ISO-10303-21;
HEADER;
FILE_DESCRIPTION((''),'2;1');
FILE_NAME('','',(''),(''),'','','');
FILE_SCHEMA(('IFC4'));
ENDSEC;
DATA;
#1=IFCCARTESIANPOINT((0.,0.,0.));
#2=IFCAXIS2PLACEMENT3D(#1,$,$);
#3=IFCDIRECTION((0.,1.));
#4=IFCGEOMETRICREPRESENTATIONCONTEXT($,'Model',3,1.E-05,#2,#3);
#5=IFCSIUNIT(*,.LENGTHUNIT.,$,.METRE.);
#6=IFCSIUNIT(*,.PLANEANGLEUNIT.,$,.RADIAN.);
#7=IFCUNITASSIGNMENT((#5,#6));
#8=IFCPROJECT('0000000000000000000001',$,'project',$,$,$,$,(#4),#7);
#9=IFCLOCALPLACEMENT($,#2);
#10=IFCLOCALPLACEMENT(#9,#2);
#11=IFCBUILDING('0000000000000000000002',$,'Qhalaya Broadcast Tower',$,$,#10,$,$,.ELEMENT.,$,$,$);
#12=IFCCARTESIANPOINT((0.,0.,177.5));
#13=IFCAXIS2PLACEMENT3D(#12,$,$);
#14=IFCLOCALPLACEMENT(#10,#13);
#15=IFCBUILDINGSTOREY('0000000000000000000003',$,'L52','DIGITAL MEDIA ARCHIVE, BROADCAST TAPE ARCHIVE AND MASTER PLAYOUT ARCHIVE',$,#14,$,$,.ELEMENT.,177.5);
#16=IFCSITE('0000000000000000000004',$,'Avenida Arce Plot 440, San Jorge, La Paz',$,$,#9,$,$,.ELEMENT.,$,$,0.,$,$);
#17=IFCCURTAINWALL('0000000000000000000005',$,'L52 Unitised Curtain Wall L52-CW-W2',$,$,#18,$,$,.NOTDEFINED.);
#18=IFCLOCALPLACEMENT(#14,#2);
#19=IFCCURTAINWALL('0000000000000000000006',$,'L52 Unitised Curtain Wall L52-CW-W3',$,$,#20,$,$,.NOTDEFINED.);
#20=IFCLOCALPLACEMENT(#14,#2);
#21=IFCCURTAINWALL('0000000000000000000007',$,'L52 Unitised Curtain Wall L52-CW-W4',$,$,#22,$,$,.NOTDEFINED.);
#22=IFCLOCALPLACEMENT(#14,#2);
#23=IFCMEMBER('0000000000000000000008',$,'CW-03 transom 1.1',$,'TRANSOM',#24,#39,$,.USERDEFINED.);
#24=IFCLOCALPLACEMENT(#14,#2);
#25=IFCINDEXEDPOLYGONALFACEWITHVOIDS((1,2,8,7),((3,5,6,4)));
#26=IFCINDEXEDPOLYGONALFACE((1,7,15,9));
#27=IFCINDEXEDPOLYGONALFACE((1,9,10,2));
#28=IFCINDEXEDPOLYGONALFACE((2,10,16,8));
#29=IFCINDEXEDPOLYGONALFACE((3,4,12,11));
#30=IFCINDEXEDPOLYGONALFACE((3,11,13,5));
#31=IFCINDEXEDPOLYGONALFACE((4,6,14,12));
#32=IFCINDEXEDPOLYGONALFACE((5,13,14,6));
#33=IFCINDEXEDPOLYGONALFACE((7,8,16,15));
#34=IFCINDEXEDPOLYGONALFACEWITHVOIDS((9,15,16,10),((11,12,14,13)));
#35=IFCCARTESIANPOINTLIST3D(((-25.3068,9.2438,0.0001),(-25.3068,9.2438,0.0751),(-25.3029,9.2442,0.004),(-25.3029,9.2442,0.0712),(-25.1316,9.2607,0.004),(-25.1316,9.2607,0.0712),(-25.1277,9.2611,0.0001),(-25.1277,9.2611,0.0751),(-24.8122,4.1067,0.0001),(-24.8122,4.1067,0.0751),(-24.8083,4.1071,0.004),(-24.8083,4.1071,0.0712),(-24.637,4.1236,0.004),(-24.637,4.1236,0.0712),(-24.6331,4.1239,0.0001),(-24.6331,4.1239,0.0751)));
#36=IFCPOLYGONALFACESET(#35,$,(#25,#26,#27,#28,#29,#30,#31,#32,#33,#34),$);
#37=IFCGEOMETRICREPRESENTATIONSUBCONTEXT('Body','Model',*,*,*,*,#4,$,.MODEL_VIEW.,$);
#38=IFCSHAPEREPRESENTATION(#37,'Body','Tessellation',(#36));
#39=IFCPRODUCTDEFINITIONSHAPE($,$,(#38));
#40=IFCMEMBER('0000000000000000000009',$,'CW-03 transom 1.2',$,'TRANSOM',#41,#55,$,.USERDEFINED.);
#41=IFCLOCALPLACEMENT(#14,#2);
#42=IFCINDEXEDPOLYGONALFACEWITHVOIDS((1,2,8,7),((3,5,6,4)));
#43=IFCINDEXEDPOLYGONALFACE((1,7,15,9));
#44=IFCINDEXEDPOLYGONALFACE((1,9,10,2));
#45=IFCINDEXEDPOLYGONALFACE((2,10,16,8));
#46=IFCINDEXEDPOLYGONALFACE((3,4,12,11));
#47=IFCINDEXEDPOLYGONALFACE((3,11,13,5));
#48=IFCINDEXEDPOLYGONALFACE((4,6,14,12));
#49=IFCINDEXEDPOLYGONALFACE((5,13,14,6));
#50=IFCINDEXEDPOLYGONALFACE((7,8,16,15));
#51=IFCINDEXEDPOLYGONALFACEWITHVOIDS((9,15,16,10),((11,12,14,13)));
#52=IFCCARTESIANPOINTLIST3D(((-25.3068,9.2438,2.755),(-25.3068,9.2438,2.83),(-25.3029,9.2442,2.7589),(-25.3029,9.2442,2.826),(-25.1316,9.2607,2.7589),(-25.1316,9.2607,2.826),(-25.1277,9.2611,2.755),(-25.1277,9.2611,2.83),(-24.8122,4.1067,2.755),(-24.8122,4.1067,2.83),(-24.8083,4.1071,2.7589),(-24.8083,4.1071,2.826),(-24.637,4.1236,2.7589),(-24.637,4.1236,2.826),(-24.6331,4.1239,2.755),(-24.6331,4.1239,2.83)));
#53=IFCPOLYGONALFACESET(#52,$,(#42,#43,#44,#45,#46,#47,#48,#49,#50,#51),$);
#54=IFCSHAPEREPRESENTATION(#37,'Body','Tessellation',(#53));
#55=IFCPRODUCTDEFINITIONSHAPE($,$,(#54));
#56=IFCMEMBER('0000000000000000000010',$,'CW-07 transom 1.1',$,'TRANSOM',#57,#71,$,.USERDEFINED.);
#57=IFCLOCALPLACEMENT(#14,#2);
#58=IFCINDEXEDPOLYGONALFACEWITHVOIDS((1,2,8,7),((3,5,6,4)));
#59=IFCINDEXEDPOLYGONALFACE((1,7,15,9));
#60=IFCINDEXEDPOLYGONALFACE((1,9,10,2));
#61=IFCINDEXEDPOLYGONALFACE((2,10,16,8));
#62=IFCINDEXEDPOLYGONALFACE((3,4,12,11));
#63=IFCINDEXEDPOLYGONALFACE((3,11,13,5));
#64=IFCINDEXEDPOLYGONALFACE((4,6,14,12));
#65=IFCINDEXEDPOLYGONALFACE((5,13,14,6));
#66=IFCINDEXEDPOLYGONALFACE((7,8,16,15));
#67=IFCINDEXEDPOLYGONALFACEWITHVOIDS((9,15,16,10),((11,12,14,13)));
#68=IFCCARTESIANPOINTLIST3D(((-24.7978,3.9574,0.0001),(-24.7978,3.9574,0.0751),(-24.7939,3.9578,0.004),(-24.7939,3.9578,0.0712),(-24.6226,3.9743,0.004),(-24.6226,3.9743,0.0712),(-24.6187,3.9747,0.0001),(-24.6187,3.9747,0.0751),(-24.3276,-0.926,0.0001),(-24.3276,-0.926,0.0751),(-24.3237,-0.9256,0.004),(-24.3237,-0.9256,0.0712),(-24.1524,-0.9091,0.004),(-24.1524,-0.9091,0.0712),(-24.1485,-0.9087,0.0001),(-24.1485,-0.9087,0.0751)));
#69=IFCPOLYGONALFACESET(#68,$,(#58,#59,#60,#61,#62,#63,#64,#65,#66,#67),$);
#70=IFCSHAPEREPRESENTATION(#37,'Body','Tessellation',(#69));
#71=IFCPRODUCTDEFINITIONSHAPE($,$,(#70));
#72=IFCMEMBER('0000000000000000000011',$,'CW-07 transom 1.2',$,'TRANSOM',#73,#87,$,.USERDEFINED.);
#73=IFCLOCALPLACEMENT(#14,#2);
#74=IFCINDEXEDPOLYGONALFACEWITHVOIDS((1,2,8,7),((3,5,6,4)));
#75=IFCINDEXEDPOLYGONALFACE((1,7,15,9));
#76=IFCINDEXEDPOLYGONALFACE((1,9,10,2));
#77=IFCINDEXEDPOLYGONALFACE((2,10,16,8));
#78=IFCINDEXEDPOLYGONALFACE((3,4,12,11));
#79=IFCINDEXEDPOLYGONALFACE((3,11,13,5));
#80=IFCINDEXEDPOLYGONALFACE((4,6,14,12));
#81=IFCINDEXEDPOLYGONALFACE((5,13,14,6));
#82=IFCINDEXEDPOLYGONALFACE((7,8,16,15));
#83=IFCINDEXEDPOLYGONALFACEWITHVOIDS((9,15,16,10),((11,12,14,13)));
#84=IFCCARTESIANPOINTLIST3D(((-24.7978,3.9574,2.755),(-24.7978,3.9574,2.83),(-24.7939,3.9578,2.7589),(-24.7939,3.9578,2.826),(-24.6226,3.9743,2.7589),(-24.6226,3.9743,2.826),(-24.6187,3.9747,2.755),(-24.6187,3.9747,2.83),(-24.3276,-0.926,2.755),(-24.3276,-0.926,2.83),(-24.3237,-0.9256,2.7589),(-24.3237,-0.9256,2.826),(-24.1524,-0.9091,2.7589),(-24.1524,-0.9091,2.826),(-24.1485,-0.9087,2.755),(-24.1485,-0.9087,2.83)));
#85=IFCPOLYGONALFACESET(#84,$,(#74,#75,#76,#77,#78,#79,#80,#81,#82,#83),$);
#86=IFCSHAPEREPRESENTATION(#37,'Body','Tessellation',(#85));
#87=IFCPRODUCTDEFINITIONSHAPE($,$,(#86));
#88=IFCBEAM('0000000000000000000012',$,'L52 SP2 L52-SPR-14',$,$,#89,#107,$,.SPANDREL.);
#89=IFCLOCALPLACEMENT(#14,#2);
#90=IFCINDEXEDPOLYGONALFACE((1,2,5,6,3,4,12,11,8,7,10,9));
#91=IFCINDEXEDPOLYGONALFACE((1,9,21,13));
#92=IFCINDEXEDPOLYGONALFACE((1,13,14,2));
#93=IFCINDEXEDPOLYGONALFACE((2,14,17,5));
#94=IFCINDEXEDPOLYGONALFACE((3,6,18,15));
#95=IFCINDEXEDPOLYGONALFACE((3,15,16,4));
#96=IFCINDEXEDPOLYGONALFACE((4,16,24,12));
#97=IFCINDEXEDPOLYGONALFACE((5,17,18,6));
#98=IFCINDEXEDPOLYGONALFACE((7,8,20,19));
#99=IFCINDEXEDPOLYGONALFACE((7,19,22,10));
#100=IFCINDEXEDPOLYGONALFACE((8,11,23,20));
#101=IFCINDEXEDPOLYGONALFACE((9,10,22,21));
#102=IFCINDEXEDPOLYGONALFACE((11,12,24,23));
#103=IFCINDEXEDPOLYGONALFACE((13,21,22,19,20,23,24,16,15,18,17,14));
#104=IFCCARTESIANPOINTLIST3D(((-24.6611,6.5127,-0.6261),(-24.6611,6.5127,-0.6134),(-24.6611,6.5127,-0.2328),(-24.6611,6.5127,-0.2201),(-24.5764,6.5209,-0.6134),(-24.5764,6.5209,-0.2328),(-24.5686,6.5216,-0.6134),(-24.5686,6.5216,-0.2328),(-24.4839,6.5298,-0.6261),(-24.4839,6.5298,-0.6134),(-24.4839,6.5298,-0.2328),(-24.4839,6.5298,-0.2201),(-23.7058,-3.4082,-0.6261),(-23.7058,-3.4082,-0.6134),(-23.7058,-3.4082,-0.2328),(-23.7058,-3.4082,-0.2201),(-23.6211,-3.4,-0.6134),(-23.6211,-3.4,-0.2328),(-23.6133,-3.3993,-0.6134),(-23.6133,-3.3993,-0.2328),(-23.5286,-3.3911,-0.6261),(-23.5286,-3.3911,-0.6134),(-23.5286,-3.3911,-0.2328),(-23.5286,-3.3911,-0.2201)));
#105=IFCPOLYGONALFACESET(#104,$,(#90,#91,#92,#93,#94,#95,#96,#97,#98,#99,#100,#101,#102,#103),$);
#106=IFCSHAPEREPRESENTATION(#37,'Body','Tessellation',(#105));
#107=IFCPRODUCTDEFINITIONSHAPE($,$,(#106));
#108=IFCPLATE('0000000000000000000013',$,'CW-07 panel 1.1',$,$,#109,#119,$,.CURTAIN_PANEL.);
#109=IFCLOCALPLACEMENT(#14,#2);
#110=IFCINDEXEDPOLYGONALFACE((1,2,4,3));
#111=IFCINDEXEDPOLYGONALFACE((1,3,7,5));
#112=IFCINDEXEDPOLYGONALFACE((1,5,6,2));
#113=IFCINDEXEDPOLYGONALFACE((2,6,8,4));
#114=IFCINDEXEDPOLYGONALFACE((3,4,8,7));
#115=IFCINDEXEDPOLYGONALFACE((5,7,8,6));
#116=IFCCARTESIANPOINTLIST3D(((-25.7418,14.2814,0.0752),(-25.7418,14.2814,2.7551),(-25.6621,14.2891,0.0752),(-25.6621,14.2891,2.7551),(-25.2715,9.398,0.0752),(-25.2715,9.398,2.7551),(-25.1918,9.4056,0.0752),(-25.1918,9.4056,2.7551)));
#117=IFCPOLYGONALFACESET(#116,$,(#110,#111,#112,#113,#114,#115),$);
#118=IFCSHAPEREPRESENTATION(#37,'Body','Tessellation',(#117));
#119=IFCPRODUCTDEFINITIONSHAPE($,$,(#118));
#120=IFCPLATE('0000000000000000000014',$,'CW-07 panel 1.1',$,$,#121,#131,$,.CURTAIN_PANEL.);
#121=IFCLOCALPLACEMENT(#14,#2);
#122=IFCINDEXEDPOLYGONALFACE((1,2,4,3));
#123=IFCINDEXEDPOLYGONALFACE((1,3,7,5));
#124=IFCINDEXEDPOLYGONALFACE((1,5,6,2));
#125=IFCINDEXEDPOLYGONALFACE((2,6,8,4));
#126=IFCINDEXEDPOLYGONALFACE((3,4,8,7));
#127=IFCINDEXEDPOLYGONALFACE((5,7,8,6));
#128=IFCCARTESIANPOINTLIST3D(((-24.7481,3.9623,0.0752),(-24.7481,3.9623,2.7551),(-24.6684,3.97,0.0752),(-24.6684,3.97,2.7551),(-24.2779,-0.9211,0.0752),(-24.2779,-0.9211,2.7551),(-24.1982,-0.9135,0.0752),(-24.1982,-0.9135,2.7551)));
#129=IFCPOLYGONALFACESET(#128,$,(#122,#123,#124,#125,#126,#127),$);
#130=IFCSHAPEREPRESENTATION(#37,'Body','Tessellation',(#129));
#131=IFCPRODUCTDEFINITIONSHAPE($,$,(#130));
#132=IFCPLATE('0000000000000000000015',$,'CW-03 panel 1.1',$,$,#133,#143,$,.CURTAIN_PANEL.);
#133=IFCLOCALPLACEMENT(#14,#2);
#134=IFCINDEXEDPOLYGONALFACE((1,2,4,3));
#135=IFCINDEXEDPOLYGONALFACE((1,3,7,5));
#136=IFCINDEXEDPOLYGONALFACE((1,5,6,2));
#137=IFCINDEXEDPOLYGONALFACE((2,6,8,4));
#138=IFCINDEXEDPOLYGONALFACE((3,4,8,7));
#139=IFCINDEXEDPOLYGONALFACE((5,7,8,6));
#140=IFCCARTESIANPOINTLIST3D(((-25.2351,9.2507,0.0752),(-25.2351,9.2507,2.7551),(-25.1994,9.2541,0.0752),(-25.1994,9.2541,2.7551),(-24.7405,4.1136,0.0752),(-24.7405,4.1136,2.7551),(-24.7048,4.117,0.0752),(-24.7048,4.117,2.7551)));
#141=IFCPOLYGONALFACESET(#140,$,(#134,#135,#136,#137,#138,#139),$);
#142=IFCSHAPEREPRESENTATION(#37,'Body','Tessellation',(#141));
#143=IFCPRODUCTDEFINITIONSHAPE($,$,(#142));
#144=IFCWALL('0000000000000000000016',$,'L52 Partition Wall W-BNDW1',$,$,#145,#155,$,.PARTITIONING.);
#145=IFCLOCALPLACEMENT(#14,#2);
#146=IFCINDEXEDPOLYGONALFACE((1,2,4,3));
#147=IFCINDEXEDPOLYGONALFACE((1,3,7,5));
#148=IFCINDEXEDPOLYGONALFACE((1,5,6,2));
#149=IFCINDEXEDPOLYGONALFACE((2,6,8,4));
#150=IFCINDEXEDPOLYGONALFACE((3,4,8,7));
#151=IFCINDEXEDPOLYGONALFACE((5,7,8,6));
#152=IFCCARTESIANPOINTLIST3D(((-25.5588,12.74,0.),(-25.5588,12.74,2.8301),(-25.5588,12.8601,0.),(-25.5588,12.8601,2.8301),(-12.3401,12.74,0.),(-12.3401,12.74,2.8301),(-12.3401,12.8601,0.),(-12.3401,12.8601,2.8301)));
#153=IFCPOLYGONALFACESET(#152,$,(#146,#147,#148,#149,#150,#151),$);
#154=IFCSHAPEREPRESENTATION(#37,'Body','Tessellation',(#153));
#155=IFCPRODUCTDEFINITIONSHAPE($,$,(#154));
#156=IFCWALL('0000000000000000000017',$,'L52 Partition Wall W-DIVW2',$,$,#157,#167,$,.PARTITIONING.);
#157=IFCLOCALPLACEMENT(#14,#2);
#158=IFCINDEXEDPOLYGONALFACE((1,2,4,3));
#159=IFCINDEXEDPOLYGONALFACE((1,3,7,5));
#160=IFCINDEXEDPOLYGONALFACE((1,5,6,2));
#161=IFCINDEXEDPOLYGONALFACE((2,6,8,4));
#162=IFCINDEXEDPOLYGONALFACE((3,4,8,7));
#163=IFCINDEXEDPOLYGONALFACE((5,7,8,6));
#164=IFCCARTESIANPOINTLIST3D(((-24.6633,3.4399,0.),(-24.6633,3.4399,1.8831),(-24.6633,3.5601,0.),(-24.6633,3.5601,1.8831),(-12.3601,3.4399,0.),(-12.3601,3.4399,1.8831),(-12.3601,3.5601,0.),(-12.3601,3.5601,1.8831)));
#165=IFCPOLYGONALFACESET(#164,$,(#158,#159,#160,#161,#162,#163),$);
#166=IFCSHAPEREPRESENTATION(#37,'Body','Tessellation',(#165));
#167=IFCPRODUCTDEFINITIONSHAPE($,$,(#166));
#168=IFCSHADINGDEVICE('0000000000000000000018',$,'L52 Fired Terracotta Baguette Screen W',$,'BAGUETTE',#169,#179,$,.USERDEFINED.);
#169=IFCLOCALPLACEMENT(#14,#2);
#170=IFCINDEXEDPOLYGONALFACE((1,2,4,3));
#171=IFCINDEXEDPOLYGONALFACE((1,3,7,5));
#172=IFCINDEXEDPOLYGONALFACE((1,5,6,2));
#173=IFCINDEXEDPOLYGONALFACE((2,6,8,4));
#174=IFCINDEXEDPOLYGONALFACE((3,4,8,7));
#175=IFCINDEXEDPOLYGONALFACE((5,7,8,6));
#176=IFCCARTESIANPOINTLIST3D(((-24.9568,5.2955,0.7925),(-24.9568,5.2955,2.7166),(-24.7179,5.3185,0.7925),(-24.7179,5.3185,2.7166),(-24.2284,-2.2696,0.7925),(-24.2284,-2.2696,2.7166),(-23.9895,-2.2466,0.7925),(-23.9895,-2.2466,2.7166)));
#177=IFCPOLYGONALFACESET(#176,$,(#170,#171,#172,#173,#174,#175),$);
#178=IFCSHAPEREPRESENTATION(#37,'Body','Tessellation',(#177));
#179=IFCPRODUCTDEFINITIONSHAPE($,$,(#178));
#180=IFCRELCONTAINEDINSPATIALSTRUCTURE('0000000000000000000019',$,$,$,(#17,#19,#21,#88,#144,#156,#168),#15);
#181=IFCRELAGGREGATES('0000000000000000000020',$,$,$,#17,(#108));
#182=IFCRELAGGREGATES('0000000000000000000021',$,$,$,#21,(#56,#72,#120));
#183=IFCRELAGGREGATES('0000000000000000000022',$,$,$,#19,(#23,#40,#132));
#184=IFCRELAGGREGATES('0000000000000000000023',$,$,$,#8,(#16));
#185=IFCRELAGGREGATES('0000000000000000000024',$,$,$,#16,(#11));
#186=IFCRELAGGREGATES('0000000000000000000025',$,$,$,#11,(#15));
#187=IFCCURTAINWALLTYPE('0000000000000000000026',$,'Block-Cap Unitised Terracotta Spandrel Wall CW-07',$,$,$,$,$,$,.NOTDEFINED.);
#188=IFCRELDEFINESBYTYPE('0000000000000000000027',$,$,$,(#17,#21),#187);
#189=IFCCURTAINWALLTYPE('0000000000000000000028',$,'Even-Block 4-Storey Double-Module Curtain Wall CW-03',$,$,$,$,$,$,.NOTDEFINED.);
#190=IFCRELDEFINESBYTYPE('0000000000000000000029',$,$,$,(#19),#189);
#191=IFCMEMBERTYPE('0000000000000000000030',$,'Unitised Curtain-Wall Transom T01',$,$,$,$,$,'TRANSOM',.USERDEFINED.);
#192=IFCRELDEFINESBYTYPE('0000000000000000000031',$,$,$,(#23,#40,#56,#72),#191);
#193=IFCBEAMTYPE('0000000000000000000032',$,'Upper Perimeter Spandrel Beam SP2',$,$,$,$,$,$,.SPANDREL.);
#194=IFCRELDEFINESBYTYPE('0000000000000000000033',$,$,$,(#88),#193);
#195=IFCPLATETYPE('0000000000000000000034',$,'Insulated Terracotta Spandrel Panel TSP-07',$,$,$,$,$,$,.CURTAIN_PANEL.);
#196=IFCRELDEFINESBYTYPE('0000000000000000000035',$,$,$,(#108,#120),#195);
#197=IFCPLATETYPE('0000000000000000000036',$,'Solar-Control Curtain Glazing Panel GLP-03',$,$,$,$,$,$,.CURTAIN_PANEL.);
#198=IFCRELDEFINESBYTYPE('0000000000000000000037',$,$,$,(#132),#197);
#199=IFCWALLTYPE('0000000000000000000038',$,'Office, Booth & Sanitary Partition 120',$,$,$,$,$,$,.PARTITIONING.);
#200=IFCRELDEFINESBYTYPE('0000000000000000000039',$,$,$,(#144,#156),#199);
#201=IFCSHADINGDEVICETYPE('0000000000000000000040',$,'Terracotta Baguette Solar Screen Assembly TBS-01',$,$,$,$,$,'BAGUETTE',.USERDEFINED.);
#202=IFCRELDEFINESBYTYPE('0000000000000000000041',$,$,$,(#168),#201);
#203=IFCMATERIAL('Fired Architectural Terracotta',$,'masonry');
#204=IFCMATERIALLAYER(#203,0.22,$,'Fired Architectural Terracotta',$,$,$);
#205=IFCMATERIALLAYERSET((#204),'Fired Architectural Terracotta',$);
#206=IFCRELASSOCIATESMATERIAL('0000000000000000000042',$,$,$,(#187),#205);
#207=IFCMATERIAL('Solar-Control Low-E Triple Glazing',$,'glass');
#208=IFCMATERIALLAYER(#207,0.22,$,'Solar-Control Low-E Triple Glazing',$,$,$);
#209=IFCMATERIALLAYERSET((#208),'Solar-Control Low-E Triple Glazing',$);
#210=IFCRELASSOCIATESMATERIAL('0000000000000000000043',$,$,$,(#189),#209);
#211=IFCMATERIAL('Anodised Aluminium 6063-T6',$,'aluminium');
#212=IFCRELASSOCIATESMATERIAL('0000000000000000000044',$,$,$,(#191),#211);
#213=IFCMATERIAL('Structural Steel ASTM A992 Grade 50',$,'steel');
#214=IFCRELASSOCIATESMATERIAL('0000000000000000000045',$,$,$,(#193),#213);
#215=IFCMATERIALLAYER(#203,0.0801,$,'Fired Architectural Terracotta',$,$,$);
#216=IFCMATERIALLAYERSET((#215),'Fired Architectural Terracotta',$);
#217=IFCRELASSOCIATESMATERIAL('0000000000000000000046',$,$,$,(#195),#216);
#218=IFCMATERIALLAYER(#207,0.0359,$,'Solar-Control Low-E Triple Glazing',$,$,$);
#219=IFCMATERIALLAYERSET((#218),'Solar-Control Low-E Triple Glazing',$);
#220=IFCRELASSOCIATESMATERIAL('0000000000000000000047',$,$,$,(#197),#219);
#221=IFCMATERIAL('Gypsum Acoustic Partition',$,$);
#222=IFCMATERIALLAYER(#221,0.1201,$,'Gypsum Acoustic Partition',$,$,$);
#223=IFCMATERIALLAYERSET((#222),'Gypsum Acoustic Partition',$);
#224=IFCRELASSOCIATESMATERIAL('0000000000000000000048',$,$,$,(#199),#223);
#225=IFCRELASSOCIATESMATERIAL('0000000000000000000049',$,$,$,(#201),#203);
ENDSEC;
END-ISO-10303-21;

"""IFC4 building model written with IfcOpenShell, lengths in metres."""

from ifc_helpers import new_model, si_unit, direction, frame, frame_2d, origin, origin_2d, place, context, subcontext, project, spatial, rectangle, hollow_rectangle, i_section, extrude, material, layer, layer_set, material_profile, profile_set, type_object, element, aggregate, save


model = new_model("IFC4")

# Units and contexts
model_context = context("Model", 3, precision=1e-05, world=origin(), true_north=direction((0.0, 1.0)))
body_context = subcontext(model_context, "Body", "Model", "MODEL_VIEW")
ifc_project = project(units=[si_unit("LENGTHUNIT", "METRE"), si_unit("PLANEANGLEUNIT", "RADIAN")], contexts=[model_context])

# Site, building, storey
site_placement = place(None, origin())
site = spatial("IfcSite", under=ifc_project, at=site_placement, Name="Avenida Arce Plot 440, San Jorge, La Paz", CompositionType="ELEMENT", RefElevation=0.0)
building_placement = place(site_placement, origin())
building = spatial("IfcBuilding", under=site, at=building_placement, Name="Qhalaya Broadcast Tower", CompositionType="ELEMENT")
storey_placement = place(building_placement, frame((0.0, 0.0, 177.5)))
storey = spatial("IfcBuildingStorey", under=building, at=storey_placement, Name="L52", Description="DIGITAL MEDIA ARCHIVE, BROADCAST TAPE ARCHIVE AND MASTER PLAYOUT ARCHIVE", CompositionType="ELEMENT", Elevation=177.5)

# Shared definitions
ifc_material_1 = material(Name="Structural Steel ASTM A992 Grade 50", Category="steel")

# Curtain wall
ifc_material_2 = material(Name="Fired Architectural Terracotta", Category="masonry")
ifc_layer_1 = layer(ifc_material_2, 0.22, Name="Fired Architectural Terracotta")
ifc_layer_set_1 = layer_set([ifc_layer_1], Name="Fired Architectural Terracotta")
curtain_wall_type_1 = type_object("IfcCurtainWallType", Name="Block-Cap Unitised Terracotta Spandrel Wall CW-07", PredefinedType="NOTDEFINED", material=ifc_layer_set_1)
curtain_wall_1_placement = place(storey_placement, origin())
curtain_wall_1 = element("IfcCurtainWall", 1, at=curtain_wall_1_placement, inside=storey, type_object=curtain_wall_type_1, Name="L52 Unitised Curtain Wall L52-CW-W2", PredefinedType="NOTDEFINED")
ifc_material_3 = material(Name="Anodised Aluminium 6063-T6", Category="aluminium")

# Curtain walls
ifc_material_4 = material(Name="Solar-Control Low-E Triple Glazing", Category="glass")
ifc_layer_2 = layer(ifc_material_4, 0.22, Name="Solar-Control Low-E Triple Glazing")
ifc_layer_set_2 = layer_set([ifc_layer_2], Name="Solar-Control Low-E Triple Glazing")
curtain_wall_type_2 = type_object("IfcCurtainWallType", Name="Even-Block 4-Storey Double-Module Curtain Wall CW-03", PredefinedType="NOTDEFINED", material=ifc_layer_set_2)
curtain_wall_2_placement = place(storey_placement, origin())
curtain_wall_2 = element("IfcCurtainWall", 2, at=curtain_wall_2_placement, inside=storey, type_object=curtain_wall_type_2, Name="L52 Unitised Curtain Wall L52-CW-W3", PredefinedType="NOTDEFINED")
curtain_wall_3_placement = place(storey_placement, origin())
curtain_wall_3 = element("IfcCurtainWall", 3, at=curtain_wall_3_placement, inside=storey, type_object=curtain_wall_type_1, Name="L52 Unitised Curtain Wall L52-CW-W4", PredefinedType="NOTDEFINED")

# Members
ifc_material_profile_1 = material_profile(ifc_material_3, hollow_rectangle(XDim=0.075, YDim=0.1799, WallThickness=0.0039, at=origin_2d()), Name="ALU-TRN 75x180x4")
ifc_profile_set_1 = profile_set([ifc_material_profile_1], Name="Anodised Aluminium 6063-T6")
member_type_1 = type_object("IfcMemberType", Name="Unitised Curtain-Wall Transom T01", ElementType="TRANSOM", PredefinedType="USERDEFINED", material=ifc_profile_set_1)
member_1_placement = place(storey_placement, frame((-25.2173, 9.2524, 0.0376), z_axis=(0.09584, -0.995397, 0.0), x_axis=(0.0, 0.0, 1.0)))
member_1 = element("IfcMember", 4, at=member_1_placement, type_object=member_type_1, Name="CW-03 transom 1.1", ObjectType="TRANSOM", PredefinedType="USERDEFINED", context=body_context, shape_type="SweptSolid", body=[
    extrude(hollow_rectangle(XDim=0.075, YDim=0.1799, WallThickness=0.0039, at=origin_2d()), origin(), (0.0, 0.0, 1.0), 5.1609),
])
member_2_placement = place(storey_placement, frame((-25.2173, 9.2524, 2.7925), z_axis=(0.09584, -0.995397, 0.0), x_axis=(0.0, 0.0, 1.0)))
member_2 = element("IfcMember", 5, at=member_2_placement, type_object=member_type_1, Name="CW-03 transom 1.2", ObjectType="TRANSOM", PredefinedType="USERDEFINED", context=body_context, shape_type="SweptSolid", body=[
    extrude(hollow_rectangle(XDim=0.075, YDim=0.1799, WallThickness=0.0039, at=origin_2d()), origin(), (0.0, 0.0, 1.0), 5.1609),
])
member_3_placement = place(storey_placement, frame((-24.7083, 3.9661, 0.0376), z_axis=(0.095847, -0.995396, 0.0), x_axis=(0.0, 0.0, 1.0)))
member_3 = element("IfcMember", 6, at=member_3_placement, type_object=member_type_1, Name="CW-07 transom 1.1", ObjectType="TRANSOM", PredefinedType="USERDEFINED", context=body_context, shape_type="SweptSolid", body=[
    extrude(hollow_rectangle(XDim=0.075, YDim=0.1799, WallThickness=0.0039, at=origin_2d()), origin(), (0.0, 0.0, 1.0), 4.906),
])
member_4_placement = place(storey_placement, frame((-24.7083, 3.9661, 2.7925), z_axis=(0.095847, -0.995396, 0.0), x_axis=(0.0, 0.0, 1.0)))
member_4 = element("IfcMember", 7, at=member_4_placement, type_object=member_type_1, Name="CW-07 transom 1.2", ObjectType="TRANSOM", PredefinedType="USERDEFINED", context=body_context, shape_type="SweptSolid", body=[
    extrude(hollow_rectangle(XDim=0.075, YDim=0.1799, WallThickness=0.0039, at=origin_2d()), origin(), (0.0, 0.0, 1.0), 4.906),
])

# Beam
ifc_material_profile_2 = material_profile(ifc_material_1, i_section(OverallWidth=0.178, OverallDepth=0.406, WebThickness=0.0078, FlangeThickness=0.0127, at=origin_2d()), Name="W16X40")
ifc_profile_set_2 = profile_set([ifc_material_profile_2], Name="Structural Steel ASTM A992 Grade 50")
beam_type_1 = type_object("IfcBeamType", Name="Upper Perimeter Spandrel Beam SP2", PredefinedType="SPANDREL", material=ifc_profile_set_2)
beam_1_placement = place(storey_placement, frame((-24.5725, 6.5212, -0.4231), z_axis=(0.095851, -0.995396, 0.0), x_axis=(0.995396, 0.095851, 0.0)))
element("IfcBeam", 8, at=beam_1_placement, inside=storey, type_object=beam_type_1, Name="L52 SP2 L52-SPR-14", PredefinedType="SPANDREL", context=body_context, shape_type="SweptSolid", body=[
    extrude(i_section(OverallWidth=0.178, OverallDepth=0.406, WebThickness=0.0078, FlangeThickness=0.0127, at=origin_2d()), origin(), (0.0, 0.0, 1.0), 9.9668),
])

# Plates
ifc_layer_3 = layer(ifc_material_2, 0.0801, Name="Fired Architectural Terracotta")
ifc_layer_set_3 = layer_set([ifc_layer_3], Name="Fired Architectural Terracotta")
plate_type_1 = type_object("IfcPlateType", Name="Insulated Terracotta Spandrel Panel TSP-07", PredefinedType="CURTAIN_PANEL", material=ifc_layer_set_3)
plate_1_placement = place(storey_placement, frame((-25.4668, 11.8435, 0.0752), z_axis=(0.0, 0.0, 1.0), x_axis=(0.095845, -0.995396, 0.0)))
plate_1 = element("IfcPlate", 9, at=plate_1_placement, type_object=plate_type_1, Name="CW-07 panel 1.1", PredefinedType="CURTAIN_PANEL", context=body_context, shape_type="SweptSolid", body=[
    extrude(rectangle(XDim=4.906, YDim=0.0801, at=origin_2d()), origin(), (0.0, 0.0, 1.0), 2.6799),
])
aggregate(curtain_wall_1, [plate_1])
plate_2_placement = place(storey_placement, frame((-24.4731, 1.5244, 0.0752), z_axis=(0.0, 0.0, 1.0), x_axis=(0.095847, -0.995396, 0.0)))
plate_2 = element("IfcPlate", 10, at=plate_2_placement, type_object=plate_type_1, Name="CW-07 panel 1.1", PredefinedType="CURTAIN_PANEL", context=body_context, shape_type="SweptSolid", body=[
    extrude(rectangle(XDim=4.906, YDim=0.0801, at=origin_2d()), origin(), (0.0, 0.0, 1.0), 2.6799),
])
aggregate(curtain_wall_3, [member_3, member_4, plate_2])
ifc_layer_4 = layer(ifc_material_4, 0.0359, Name="Solar-Control Low-E Triple Glazing")
ifc_layer_set_4 = layer_set([ifc_layer_4], Name="Solar-Control Low-E Triple Glazing")
plate_type_2 = type_object("IfcPlateType", Name="Solar-Control Curtain Glazing Panel GLP-03", PredefinedType="CURTAIN_PANEL", material=ifc_layer_set_4)
plate_3_placement = place(storey_placement, frame((-24.97, 6.6838, 0.0752), z_axis=(0.0, 0.0, 1.0), x_axis=(0.09584, -0.995397, 0.0)))
plate_3 = element("IfcPlate", 11, at=plate_3_placement, type_object=plate_type_2, Name="CW-03 panel 1.1", PredefinedType="CURTAIN_PANEL", context=body_context, shape_type="SweptSolid", body=[
    extrude(rectangle(XDim=5.1609, YDim=0.0359, at=origin_2d()), origin(), (0.0, 0.0, 1.0), 2.6799),
])
aggregate(curtain_wall_2, [member_1, member_2, plate_3])

# Walls
ifc_material_5 = material(Name="Gypsum Acoustic Partition")
ifc_layer_5 = layer(ifc_material_5, 0.1201, Name="Gypsum Acoustic Partition")
ifc_layer_set_5 = layer_set([ifc_layer_5], Name="Gypsum Acoustic Partition")
wall_type = type_object("IfcWallType", Name="Office, Booth & Sanitary Partition 120", PredefinedType="PARTITIONING", material=ifc_layer_set_5)
wall_1_placement = place(storey_placement, frame((-25.5588, 12.8, 0.0), z_axis=(0.0, 0.0, 1.0), x_axis=(1.0, 0.0, 0.0)))
element("IfcWall", 12, at=wall_1_placement, inside=storey, type_object=wall_type, Name="L52 Partition Wall W-BNDW1", PredefinedType="PARTITIONING", context=body_context, shape_type="SweptSolid", body=[
    extrude(rectangle(XDim=13.2188, YDim=0.1201, at=frame_2d((6.6094, 0.0))), origin(), (0.0, 0.0, 1.0), 2.8301),
])
wall_2_placement = place(storey_placement, frame((-24.6633, 3.5, 0.0), z_axis=(0.0, 0.0, 1.0), x_axis=(1.0, 0.0, 0.0)))
element("IfcWall", 13, at=wall_2_placement, inside=storey, type_object=wall_type, Name="L52 Partition Wall W-DIVW2", PredefinedType="PARTITIONING", context=body_context, shape_type="SweptSolid", body=[
    extrude(rectangle(XDim=12.3032, YDim=0.1201, at=frame_2d((6.1516, 0.0))), origin(), (0.0, 0.0, 1.0), 1.8831),
])

# Shading device
shading_device_type = type_object("IfcShadingDeviceType", Name="Terracotta Baguette Solar Screen Assembly TBS-01", ElementType="BAGUETTE", PredefinedType="USERDEFINED", material=ifc_material_2)
shading_device_placement = place(storey_placement, frame((-24.4731, 1.5244, 0.7925), z_axis=(0.0, 0.0, 1.0), x_axis=(0.095846, -0.995396, 0.0)))
element("IfcShadingDevice", 14, at=shading_device_placement, inside=storey, type_object=shading_device_type, Name="L52 Fired Terracotta Baguette Screen W", ObjectType="BAGUETTE", PredefinedType="USERDEFINED", context=body_context, shape_type="SweptSolid", body=[
    extrude(rectangle(XDim=7.6001, YDim=0.24, at=origin_2d()), origin(), (0.0, 0.0, 1.0), 1.9241),
])

save(model, "model.ifc")
